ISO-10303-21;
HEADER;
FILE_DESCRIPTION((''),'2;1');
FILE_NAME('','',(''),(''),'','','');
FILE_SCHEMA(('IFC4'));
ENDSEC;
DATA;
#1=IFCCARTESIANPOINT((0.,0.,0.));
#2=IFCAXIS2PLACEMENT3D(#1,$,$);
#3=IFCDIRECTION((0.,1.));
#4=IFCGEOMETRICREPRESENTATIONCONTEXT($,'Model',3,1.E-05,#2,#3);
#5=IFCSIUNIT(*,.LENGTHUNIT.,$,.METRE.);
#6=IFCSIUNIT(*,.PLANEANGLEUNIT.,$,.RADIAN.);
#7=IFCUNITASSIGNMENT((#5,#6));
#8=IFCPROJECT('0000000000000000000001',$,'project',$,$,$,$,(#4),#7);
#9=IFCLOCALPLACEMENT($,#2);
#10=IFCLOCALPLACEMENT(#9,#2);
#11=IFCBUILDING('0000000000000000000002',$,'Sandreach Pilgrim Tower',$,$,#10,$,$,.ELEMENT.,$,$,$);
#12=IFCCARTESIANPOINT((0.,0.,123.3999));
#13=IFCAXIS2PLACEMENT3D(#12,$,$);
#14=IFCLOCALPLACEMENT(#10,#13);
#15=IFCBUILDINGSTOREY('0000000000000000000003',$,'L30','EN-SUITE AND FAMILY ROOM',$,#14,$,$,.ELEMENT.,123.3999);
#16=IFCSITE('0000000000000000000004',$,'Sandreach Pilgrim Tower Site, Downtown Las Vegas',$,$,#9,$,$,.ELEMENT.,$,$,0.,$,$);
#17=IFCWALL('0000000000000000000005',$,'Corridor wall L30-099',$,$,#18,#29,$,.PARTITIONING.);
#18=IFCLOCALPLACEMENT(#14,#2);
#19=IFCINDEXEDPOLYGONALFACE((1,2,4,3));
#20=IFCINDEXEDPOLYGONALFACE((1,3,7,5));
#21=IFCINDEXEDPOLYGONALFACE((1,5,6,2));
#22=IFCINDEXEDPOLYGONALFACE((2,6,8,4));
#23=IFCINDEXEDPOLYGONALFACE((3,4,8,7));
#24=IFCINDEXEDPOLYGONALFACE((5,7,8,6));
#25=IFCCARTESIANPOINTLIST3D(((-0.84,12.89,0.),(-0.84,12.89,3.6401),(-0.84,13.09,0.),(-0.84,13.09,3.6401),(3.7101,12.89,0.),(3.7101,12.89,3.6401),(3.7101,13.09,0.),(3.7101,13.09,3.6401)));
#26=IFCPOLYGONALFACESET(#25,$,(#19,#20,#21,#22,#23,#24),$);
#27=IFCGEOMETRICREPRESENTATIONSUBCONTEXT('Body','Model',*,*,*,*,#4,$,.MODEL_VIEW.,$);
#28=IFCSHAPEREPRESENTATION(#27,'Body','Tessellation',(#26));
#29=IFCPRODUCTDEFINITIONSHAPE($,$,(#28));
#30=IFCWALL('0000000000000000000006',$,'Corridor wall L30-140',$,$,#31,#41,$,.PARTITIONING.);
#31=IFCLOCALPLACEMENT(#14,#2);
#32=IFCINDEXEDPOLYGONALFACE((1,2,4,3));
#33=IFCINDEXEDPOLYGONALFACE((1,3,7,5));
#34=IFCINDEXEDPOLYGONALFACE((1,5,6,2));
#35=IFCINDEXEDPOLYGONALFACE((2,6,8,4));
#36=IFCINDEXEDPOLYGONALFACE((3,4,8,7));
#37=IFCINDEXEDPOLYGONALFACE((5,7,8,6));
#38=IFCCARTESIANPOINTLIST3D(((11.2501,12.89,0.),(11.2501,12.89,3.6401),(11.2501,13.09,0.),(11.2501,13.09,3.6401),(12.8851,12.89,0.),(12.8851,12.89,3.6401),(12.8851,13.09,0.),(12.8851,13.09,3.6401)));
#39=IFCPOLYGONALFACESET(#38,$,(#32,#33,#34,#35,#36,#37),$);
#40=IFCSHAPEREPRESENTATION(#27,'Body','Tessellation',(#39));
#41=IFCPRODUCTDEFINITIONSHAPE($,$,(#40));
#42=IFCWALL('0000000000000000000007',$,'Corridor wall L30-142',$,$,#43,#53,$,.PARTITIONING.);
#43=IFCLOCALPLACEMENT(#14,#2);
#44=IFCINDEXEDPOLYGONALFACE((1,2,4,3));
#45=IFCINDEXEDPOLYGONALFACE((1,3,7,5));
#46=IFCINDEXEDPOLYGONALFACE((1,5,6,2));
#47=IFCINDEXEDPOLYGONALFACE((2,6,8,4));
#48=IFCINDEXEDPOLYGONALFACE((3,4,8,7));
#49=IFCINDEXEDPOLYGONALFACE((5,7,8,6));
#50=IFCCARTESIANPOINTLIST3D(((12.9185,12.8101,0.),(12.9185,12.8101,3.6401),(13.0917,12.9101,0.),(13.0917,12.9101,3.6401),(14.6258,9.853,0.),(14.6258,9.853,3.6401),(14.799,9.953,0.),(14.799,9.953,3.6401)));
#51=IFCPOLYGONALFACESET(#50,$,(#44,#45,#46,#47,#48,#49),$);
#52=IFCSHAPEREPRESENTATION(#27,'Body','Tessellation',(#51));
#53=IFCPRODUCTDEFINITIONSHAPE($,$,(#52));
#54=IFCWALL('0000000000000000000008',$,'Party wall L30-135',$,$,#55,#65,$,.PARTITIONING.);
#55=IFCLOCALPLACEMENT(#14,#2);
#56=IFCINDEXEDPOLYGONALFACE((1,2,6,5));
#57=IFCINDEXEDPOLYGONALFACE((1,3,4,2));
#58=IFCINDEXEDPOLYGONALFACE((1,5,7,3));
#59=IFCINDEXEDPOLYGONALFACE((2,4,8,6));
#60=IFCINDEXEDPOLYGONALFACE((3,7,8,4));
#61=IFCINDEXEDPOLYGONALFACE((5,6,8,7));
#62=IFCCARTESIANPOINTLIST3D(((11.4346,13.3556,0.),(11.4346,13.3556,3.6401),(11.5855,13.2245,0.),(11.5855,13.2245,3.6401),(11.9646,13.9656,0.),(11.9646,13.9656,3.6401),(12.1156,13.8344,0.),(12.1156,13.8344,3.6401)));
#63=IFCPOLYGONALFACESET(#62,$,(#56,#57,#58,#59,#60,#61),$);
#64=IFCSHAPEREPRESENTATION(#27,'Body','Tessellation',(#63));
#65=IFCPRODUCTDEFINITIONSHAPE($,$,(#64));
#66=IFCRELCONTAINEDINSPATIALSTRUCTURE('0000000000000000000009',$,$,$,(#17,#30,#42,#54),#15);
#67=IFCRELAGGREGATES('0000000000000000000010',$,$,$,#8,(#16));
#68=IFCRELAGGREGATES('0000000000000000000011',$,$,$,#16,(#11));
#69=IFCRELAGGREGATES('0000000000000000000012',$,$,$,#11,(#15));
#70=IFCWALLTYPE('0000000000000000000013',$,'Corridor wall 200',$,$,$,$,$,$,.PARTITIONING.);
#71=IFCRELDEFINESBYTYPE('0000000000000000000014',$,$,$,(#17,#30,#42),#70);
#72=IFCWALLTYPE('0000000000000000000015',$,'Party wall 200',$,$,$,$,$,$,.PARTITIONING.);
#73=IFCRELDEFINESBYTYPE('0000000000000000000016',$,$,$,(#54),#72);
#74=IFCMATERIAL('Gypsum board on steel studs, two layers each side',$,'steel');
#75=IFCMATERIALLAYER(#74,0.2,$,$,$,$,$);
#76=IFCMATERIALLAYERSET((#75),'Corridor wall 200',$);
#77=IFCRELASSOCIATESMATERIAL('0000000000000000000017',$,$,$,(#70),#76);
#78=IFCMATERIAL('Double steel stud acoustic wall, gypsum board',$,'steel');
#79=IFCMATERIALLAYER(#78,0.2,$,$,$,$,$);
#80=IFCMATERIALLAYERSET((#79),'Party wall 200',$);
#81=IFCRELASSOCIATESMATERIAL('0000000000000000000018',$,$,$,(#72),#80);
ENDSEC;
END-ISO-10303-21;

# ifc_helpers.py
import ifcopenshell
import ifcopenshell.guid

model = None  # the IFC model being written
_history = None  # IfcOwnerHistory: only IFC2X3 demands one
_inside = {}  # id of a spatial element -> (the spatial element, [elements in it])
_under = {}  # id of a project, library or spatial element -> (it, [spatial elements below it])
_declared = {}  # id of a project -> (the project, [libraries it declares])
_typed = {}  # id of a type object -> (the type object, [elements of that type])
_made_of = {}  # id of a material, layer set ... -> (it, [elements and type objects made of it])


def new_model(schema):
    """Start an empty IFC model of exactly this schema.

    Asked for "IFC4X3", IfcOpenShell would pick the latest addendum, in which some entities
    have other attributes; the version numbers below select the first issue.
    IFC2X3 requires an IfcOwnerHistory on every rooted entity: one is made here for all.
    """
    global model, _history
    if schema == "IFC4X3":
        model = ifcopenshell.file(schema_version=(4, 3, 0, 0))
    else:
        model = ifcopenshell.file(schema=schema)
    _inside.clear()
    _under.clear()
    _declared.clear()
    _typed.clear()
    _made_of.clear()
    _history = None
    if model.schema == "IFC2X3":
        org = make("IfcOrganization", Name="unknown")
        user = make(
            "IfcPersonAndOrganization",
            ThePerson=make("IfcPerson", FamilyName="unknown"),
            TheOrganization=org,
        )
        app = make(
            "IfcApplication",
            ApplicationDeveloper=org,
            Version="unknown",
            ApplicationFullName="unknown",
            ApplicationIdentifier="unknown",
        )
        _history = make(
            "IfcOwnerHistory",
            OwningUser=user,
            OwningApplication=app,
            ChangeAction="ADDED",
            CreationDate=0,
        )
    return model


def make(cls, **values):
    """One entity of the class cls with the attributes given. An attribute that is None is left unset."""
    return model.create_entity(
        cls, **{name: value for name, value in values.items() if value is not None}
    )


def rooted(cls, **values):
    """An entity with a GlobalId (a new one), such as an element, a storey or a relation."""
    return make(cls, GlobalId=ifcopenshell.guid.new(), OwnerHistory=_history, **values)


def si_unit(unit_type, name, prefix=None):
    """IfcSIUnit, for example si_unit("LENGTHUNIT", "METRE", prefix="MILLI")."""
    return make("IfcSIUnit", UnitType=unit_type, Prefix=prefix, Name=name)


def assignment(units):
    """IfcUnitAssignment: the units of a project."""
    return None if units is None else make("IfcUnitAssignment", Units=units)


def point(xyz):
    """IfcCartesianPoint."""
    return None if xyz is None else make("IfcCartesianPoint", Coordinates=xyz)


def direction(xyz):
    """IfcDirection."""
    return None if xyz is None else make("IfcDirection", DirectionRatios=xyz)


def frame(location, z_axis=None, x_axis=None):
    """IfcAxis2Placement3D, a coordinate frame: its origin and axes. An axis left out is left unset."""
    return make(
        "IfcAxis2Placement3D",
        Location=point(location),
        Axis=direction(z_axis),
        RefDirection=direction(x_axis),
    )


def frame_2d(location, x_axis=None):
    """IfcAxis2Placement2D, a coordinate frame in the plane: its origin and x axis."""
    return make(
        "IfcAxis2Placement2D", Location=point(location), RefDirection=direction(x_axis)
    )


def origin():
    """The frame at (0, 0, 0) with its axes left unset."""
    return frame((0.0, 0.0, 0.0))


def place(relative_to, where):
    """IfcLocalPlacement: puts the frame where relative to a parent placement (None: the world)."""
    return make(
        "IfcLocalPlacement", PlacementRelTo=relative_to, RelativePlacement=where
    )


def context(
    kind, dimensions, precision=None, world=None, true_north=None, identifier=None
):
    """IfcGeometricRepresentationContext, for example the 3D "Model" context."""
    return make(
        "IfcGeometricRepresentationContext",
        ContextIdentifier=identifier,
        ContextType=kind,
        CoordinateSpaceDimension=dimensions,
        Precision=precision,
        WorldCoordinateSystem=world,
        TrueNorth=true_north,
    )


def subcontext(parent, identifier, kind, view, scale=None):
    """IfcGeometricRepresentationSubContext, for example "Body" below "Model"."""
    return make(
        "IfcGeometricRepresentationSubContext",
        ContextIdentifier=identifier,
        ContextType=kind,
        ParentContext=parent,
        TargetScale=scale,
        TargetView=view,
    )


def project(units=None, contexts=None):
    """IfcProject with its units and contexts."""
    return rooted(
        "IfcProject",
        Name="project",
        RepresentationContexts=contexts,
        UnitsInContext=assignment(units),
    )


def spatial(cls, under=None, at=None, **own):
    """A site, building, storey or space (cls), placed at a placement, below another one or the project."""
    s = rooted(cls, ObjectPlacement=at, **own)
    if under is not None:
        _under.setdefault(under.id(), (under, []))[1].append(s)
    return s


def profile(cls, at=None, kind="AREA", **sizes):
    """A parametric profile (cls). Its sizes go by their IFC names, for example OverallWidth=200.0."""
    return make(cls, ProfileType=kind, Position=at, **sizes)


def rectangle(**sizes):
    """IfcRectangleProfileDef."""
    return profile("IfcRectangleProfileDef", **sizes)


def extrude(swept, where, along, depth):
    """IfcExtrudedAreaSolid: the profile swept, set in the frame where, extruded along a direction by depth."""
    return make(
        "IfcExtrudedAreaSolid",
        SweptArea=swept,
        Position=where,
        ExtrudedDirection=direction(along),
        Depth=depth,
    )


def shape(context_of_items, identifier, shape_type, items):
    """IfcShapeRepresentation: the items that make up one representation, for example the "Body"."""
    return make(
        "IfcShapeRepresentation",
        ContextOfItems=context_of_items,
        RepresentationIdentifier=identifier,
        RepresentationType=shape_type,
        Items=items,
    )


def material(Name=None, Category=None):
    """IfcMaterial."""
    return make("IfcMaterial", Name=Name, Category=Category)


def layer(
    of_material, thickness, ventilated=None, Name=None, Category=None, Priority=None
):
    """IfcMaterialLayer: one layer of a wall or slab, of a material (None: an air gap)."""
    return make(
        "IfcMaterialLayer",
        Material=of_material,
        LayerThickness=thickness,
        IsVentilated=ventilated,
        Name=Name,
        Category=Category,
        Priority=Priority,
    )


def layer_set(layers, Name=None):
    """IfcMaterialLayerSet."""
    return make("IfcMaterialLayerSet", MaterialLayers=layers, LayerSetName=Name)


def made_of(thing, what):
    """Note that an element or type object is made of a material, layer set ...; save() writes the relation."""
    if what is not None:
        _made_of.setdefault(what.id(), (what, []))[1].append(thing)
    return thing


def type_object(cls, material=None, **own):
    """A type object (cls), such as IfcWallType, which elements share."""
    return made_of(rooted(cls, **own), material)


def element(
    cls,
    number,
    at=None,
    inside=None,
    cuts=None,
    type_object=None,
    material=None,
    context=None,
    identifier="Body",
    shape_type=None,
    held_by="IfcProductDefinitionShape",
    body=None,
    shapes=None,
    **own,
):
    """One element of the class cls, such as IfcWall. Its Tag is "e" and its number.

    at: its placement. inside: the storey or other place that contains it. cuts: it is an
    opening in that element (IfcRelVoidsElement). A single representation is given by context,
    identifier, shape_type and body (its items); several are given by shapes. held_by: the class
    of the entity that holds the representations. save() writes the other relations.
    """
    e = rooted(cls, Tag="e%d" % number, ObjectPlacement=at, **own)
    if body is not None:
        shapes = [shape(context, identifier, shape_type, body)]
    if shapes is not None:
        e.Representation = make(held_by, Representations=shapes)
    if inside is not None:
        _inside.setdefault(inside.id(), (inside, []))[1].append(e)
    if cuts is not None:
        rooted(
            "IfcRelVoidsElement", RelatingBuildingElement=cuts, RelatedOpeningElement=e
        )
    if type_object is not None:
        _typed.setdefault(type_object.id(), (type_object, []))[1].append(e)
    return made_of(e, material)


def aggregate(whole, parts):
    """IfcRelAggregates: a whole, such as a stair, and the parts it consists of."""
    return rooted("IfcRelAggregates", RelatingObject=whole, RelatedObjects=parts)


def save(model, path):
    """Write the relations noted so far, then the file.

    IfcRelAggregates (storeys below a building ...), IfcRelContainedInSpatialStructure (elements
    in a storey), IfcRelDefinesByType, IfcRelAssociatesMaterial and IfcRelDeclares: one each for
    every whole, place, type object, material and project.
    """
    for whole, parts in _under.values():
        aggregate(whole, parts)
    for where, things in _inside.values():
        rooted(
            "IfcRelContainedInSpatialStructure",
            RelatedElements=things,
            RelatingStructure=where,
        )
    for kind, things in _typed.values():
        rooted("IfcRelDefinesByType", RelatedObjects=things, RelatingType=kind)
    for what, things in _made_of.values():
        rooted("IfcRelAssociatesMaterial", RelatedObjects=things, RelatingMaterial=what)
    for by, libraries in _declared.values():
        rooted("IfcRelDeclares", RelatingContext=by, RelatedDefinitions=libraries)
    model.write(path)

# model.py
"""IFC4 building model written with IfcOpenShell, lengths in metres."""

from ifc_helpers import new_model, si_unit, direction, frame, frame_2d, origin, place, context, subcontext, project, spatial, rectangle, extrude, material, layer, layer_set, type_object, element, save


model = new_model("IFC4")

# Units and contexts
model_context = context("Model", 3, precision=1e-05, world=origin(), true_north=direction((0.0, 1.0)))
body_context = subcontext(model_context, "Body", "Model", "MODEL_VIEW")
ifc_project = project(units=[si_unit("LENGTHUNIT", "METRE"), si_unit("PLANEANGLEUNIT", "RADIAN")], contexts=[model_context])

# Site, building, storey
site_placement = place(None, origin())
site = spatial("IfcSite", under=ifc_project, at=site_placement, Name="Sandreach Pilgrim Tower Site, Downtown Las Vegas", CompositionType="ELEMENT", RefElevation=0.0)
building_placement = place(site_placement, origin())
building = spatial("IfcBuilding", under=site, at=building_placement, Name="Sandreach Pilgrim Tower", CompositionType="ELEMENT")
storey_placement = place(building_placement, frame((0.0, 0.0, 123.3999)))
storey = spatial("IfcBuildingStorey", under=building, at=storey_placement, Name="L30", Description="EN-SUITE AND FAMILY ROOM", CompositionType="ELEMENT", Elevation=123.3999)

# Wall
ifc_material_1 = material(Name="Gypsum board on steel studs, two layers each side", Category="steel")
ifc_layer_1 = layer(ifc_material_1, 0.2)
ifc_layer_set_1 = layer_set([ifc_layer_1], Name="Corridor wall 200")
wall_type_1 = type_object("IfcWallType", Name="Corridor wall 200", PredefinedType="PARTITIONING", material=ifc_layer_set_1)
wall_1_placement = place(storey_placement, frame((3.71, 12.99, 0.0), z_axis=(0.0, 0.0, 1.0), x_axis=(-1.0, 0.0, 0.0)))
element("IfcWall", 1, at=wall_1_placement, inside=storey, type_object=wall_type_1, Name="Corridor wall L30-099", PredefinedType="PARTITIONING", context=body_context, shape_type="SweptSolid", body=[
    extrude(rectangle(XDim=4.55, YDim=0.2, at=frame_2d((2.2749, 0.0))), origin(), (0.0, 0.0, 1.0), 3.6401),
])

# Walls
wall_2_placement = place(storey_placement, frame((12.885, 12.99, 0.0), z_axis=(0.0, 0.0, 1.0), x_axis=(-1.0, 0.0, 0.0)))
element("IfcWall", 2, at=wall_2_placement, inside=storey, type_object=wall_type_1, Name="Corridor wall L30-140", PredefinedType="PARTITIONING", context=body_context, shape_type="SweptSolid", body=[
    extrude(rectangle(XDim=1.635, YDim=0.2, at=frame_2d((0.8174, 0.0))), origin(), (0.0, 0.0, 1.0), 3.6401),
])
wall_3_placement = place(storey_placement, frame((13.0051, 12.8601, 0.0), z_axis=(0.0, 0.0, 1.0), x_axis=(0.500007, -0.866021, 0.0)))
element("IfcWall", 3, at=wall_3_placement, inside=storey, type_object=wall_type_1, Name="Corridor wall L30-142", PredefinedType="PARTITIONING", context=body_context, shape_type="SweptSolid", body=[
    extrude(rectangle(XDim=3.4146, YDim=0.2, at=frame_2d((1.7073, 0.0))), origin(), (0.0, 0.0, 1.0), 3.6401),
])
ifc_material_2 = material(Name="Double steel stud acoustic wall, gypsum board", Category="steel")
ifc_layer_2 = layer(ifc_material_2, 0.2)
ifc_layer_set_2 = layer_set([ifc_layer_2], Name="Party wall 200")
wall_type_2 = type_object("IfcWallType", Name="Party wall 200", PredefinedType="PARTITIONING", material=ifc_layer_set_2)
wall_4_placement = place(storey_placement, frame((11.51, 13.29, 0.0), z_axis=(0.0, 0.0, 1.0), x_axis=(0.655977, 0.754781, 0.0)))
element("IfcWall", 4, at=wall_4_placement, inside=storey, type_object=wall_type_2, Name="Party wall L30-135", PredefinedType="PARTITIONING", context=body_context, shape_type="SweptSolid", body=[
    extrude(rectangle(XDim=0.8081, YDim=0.2, at=frame_2d((0.4041, 0.0))), origin(), (0.0, 0.0, 1.0), 3.6401),
])

save(model, "model.ifc")
